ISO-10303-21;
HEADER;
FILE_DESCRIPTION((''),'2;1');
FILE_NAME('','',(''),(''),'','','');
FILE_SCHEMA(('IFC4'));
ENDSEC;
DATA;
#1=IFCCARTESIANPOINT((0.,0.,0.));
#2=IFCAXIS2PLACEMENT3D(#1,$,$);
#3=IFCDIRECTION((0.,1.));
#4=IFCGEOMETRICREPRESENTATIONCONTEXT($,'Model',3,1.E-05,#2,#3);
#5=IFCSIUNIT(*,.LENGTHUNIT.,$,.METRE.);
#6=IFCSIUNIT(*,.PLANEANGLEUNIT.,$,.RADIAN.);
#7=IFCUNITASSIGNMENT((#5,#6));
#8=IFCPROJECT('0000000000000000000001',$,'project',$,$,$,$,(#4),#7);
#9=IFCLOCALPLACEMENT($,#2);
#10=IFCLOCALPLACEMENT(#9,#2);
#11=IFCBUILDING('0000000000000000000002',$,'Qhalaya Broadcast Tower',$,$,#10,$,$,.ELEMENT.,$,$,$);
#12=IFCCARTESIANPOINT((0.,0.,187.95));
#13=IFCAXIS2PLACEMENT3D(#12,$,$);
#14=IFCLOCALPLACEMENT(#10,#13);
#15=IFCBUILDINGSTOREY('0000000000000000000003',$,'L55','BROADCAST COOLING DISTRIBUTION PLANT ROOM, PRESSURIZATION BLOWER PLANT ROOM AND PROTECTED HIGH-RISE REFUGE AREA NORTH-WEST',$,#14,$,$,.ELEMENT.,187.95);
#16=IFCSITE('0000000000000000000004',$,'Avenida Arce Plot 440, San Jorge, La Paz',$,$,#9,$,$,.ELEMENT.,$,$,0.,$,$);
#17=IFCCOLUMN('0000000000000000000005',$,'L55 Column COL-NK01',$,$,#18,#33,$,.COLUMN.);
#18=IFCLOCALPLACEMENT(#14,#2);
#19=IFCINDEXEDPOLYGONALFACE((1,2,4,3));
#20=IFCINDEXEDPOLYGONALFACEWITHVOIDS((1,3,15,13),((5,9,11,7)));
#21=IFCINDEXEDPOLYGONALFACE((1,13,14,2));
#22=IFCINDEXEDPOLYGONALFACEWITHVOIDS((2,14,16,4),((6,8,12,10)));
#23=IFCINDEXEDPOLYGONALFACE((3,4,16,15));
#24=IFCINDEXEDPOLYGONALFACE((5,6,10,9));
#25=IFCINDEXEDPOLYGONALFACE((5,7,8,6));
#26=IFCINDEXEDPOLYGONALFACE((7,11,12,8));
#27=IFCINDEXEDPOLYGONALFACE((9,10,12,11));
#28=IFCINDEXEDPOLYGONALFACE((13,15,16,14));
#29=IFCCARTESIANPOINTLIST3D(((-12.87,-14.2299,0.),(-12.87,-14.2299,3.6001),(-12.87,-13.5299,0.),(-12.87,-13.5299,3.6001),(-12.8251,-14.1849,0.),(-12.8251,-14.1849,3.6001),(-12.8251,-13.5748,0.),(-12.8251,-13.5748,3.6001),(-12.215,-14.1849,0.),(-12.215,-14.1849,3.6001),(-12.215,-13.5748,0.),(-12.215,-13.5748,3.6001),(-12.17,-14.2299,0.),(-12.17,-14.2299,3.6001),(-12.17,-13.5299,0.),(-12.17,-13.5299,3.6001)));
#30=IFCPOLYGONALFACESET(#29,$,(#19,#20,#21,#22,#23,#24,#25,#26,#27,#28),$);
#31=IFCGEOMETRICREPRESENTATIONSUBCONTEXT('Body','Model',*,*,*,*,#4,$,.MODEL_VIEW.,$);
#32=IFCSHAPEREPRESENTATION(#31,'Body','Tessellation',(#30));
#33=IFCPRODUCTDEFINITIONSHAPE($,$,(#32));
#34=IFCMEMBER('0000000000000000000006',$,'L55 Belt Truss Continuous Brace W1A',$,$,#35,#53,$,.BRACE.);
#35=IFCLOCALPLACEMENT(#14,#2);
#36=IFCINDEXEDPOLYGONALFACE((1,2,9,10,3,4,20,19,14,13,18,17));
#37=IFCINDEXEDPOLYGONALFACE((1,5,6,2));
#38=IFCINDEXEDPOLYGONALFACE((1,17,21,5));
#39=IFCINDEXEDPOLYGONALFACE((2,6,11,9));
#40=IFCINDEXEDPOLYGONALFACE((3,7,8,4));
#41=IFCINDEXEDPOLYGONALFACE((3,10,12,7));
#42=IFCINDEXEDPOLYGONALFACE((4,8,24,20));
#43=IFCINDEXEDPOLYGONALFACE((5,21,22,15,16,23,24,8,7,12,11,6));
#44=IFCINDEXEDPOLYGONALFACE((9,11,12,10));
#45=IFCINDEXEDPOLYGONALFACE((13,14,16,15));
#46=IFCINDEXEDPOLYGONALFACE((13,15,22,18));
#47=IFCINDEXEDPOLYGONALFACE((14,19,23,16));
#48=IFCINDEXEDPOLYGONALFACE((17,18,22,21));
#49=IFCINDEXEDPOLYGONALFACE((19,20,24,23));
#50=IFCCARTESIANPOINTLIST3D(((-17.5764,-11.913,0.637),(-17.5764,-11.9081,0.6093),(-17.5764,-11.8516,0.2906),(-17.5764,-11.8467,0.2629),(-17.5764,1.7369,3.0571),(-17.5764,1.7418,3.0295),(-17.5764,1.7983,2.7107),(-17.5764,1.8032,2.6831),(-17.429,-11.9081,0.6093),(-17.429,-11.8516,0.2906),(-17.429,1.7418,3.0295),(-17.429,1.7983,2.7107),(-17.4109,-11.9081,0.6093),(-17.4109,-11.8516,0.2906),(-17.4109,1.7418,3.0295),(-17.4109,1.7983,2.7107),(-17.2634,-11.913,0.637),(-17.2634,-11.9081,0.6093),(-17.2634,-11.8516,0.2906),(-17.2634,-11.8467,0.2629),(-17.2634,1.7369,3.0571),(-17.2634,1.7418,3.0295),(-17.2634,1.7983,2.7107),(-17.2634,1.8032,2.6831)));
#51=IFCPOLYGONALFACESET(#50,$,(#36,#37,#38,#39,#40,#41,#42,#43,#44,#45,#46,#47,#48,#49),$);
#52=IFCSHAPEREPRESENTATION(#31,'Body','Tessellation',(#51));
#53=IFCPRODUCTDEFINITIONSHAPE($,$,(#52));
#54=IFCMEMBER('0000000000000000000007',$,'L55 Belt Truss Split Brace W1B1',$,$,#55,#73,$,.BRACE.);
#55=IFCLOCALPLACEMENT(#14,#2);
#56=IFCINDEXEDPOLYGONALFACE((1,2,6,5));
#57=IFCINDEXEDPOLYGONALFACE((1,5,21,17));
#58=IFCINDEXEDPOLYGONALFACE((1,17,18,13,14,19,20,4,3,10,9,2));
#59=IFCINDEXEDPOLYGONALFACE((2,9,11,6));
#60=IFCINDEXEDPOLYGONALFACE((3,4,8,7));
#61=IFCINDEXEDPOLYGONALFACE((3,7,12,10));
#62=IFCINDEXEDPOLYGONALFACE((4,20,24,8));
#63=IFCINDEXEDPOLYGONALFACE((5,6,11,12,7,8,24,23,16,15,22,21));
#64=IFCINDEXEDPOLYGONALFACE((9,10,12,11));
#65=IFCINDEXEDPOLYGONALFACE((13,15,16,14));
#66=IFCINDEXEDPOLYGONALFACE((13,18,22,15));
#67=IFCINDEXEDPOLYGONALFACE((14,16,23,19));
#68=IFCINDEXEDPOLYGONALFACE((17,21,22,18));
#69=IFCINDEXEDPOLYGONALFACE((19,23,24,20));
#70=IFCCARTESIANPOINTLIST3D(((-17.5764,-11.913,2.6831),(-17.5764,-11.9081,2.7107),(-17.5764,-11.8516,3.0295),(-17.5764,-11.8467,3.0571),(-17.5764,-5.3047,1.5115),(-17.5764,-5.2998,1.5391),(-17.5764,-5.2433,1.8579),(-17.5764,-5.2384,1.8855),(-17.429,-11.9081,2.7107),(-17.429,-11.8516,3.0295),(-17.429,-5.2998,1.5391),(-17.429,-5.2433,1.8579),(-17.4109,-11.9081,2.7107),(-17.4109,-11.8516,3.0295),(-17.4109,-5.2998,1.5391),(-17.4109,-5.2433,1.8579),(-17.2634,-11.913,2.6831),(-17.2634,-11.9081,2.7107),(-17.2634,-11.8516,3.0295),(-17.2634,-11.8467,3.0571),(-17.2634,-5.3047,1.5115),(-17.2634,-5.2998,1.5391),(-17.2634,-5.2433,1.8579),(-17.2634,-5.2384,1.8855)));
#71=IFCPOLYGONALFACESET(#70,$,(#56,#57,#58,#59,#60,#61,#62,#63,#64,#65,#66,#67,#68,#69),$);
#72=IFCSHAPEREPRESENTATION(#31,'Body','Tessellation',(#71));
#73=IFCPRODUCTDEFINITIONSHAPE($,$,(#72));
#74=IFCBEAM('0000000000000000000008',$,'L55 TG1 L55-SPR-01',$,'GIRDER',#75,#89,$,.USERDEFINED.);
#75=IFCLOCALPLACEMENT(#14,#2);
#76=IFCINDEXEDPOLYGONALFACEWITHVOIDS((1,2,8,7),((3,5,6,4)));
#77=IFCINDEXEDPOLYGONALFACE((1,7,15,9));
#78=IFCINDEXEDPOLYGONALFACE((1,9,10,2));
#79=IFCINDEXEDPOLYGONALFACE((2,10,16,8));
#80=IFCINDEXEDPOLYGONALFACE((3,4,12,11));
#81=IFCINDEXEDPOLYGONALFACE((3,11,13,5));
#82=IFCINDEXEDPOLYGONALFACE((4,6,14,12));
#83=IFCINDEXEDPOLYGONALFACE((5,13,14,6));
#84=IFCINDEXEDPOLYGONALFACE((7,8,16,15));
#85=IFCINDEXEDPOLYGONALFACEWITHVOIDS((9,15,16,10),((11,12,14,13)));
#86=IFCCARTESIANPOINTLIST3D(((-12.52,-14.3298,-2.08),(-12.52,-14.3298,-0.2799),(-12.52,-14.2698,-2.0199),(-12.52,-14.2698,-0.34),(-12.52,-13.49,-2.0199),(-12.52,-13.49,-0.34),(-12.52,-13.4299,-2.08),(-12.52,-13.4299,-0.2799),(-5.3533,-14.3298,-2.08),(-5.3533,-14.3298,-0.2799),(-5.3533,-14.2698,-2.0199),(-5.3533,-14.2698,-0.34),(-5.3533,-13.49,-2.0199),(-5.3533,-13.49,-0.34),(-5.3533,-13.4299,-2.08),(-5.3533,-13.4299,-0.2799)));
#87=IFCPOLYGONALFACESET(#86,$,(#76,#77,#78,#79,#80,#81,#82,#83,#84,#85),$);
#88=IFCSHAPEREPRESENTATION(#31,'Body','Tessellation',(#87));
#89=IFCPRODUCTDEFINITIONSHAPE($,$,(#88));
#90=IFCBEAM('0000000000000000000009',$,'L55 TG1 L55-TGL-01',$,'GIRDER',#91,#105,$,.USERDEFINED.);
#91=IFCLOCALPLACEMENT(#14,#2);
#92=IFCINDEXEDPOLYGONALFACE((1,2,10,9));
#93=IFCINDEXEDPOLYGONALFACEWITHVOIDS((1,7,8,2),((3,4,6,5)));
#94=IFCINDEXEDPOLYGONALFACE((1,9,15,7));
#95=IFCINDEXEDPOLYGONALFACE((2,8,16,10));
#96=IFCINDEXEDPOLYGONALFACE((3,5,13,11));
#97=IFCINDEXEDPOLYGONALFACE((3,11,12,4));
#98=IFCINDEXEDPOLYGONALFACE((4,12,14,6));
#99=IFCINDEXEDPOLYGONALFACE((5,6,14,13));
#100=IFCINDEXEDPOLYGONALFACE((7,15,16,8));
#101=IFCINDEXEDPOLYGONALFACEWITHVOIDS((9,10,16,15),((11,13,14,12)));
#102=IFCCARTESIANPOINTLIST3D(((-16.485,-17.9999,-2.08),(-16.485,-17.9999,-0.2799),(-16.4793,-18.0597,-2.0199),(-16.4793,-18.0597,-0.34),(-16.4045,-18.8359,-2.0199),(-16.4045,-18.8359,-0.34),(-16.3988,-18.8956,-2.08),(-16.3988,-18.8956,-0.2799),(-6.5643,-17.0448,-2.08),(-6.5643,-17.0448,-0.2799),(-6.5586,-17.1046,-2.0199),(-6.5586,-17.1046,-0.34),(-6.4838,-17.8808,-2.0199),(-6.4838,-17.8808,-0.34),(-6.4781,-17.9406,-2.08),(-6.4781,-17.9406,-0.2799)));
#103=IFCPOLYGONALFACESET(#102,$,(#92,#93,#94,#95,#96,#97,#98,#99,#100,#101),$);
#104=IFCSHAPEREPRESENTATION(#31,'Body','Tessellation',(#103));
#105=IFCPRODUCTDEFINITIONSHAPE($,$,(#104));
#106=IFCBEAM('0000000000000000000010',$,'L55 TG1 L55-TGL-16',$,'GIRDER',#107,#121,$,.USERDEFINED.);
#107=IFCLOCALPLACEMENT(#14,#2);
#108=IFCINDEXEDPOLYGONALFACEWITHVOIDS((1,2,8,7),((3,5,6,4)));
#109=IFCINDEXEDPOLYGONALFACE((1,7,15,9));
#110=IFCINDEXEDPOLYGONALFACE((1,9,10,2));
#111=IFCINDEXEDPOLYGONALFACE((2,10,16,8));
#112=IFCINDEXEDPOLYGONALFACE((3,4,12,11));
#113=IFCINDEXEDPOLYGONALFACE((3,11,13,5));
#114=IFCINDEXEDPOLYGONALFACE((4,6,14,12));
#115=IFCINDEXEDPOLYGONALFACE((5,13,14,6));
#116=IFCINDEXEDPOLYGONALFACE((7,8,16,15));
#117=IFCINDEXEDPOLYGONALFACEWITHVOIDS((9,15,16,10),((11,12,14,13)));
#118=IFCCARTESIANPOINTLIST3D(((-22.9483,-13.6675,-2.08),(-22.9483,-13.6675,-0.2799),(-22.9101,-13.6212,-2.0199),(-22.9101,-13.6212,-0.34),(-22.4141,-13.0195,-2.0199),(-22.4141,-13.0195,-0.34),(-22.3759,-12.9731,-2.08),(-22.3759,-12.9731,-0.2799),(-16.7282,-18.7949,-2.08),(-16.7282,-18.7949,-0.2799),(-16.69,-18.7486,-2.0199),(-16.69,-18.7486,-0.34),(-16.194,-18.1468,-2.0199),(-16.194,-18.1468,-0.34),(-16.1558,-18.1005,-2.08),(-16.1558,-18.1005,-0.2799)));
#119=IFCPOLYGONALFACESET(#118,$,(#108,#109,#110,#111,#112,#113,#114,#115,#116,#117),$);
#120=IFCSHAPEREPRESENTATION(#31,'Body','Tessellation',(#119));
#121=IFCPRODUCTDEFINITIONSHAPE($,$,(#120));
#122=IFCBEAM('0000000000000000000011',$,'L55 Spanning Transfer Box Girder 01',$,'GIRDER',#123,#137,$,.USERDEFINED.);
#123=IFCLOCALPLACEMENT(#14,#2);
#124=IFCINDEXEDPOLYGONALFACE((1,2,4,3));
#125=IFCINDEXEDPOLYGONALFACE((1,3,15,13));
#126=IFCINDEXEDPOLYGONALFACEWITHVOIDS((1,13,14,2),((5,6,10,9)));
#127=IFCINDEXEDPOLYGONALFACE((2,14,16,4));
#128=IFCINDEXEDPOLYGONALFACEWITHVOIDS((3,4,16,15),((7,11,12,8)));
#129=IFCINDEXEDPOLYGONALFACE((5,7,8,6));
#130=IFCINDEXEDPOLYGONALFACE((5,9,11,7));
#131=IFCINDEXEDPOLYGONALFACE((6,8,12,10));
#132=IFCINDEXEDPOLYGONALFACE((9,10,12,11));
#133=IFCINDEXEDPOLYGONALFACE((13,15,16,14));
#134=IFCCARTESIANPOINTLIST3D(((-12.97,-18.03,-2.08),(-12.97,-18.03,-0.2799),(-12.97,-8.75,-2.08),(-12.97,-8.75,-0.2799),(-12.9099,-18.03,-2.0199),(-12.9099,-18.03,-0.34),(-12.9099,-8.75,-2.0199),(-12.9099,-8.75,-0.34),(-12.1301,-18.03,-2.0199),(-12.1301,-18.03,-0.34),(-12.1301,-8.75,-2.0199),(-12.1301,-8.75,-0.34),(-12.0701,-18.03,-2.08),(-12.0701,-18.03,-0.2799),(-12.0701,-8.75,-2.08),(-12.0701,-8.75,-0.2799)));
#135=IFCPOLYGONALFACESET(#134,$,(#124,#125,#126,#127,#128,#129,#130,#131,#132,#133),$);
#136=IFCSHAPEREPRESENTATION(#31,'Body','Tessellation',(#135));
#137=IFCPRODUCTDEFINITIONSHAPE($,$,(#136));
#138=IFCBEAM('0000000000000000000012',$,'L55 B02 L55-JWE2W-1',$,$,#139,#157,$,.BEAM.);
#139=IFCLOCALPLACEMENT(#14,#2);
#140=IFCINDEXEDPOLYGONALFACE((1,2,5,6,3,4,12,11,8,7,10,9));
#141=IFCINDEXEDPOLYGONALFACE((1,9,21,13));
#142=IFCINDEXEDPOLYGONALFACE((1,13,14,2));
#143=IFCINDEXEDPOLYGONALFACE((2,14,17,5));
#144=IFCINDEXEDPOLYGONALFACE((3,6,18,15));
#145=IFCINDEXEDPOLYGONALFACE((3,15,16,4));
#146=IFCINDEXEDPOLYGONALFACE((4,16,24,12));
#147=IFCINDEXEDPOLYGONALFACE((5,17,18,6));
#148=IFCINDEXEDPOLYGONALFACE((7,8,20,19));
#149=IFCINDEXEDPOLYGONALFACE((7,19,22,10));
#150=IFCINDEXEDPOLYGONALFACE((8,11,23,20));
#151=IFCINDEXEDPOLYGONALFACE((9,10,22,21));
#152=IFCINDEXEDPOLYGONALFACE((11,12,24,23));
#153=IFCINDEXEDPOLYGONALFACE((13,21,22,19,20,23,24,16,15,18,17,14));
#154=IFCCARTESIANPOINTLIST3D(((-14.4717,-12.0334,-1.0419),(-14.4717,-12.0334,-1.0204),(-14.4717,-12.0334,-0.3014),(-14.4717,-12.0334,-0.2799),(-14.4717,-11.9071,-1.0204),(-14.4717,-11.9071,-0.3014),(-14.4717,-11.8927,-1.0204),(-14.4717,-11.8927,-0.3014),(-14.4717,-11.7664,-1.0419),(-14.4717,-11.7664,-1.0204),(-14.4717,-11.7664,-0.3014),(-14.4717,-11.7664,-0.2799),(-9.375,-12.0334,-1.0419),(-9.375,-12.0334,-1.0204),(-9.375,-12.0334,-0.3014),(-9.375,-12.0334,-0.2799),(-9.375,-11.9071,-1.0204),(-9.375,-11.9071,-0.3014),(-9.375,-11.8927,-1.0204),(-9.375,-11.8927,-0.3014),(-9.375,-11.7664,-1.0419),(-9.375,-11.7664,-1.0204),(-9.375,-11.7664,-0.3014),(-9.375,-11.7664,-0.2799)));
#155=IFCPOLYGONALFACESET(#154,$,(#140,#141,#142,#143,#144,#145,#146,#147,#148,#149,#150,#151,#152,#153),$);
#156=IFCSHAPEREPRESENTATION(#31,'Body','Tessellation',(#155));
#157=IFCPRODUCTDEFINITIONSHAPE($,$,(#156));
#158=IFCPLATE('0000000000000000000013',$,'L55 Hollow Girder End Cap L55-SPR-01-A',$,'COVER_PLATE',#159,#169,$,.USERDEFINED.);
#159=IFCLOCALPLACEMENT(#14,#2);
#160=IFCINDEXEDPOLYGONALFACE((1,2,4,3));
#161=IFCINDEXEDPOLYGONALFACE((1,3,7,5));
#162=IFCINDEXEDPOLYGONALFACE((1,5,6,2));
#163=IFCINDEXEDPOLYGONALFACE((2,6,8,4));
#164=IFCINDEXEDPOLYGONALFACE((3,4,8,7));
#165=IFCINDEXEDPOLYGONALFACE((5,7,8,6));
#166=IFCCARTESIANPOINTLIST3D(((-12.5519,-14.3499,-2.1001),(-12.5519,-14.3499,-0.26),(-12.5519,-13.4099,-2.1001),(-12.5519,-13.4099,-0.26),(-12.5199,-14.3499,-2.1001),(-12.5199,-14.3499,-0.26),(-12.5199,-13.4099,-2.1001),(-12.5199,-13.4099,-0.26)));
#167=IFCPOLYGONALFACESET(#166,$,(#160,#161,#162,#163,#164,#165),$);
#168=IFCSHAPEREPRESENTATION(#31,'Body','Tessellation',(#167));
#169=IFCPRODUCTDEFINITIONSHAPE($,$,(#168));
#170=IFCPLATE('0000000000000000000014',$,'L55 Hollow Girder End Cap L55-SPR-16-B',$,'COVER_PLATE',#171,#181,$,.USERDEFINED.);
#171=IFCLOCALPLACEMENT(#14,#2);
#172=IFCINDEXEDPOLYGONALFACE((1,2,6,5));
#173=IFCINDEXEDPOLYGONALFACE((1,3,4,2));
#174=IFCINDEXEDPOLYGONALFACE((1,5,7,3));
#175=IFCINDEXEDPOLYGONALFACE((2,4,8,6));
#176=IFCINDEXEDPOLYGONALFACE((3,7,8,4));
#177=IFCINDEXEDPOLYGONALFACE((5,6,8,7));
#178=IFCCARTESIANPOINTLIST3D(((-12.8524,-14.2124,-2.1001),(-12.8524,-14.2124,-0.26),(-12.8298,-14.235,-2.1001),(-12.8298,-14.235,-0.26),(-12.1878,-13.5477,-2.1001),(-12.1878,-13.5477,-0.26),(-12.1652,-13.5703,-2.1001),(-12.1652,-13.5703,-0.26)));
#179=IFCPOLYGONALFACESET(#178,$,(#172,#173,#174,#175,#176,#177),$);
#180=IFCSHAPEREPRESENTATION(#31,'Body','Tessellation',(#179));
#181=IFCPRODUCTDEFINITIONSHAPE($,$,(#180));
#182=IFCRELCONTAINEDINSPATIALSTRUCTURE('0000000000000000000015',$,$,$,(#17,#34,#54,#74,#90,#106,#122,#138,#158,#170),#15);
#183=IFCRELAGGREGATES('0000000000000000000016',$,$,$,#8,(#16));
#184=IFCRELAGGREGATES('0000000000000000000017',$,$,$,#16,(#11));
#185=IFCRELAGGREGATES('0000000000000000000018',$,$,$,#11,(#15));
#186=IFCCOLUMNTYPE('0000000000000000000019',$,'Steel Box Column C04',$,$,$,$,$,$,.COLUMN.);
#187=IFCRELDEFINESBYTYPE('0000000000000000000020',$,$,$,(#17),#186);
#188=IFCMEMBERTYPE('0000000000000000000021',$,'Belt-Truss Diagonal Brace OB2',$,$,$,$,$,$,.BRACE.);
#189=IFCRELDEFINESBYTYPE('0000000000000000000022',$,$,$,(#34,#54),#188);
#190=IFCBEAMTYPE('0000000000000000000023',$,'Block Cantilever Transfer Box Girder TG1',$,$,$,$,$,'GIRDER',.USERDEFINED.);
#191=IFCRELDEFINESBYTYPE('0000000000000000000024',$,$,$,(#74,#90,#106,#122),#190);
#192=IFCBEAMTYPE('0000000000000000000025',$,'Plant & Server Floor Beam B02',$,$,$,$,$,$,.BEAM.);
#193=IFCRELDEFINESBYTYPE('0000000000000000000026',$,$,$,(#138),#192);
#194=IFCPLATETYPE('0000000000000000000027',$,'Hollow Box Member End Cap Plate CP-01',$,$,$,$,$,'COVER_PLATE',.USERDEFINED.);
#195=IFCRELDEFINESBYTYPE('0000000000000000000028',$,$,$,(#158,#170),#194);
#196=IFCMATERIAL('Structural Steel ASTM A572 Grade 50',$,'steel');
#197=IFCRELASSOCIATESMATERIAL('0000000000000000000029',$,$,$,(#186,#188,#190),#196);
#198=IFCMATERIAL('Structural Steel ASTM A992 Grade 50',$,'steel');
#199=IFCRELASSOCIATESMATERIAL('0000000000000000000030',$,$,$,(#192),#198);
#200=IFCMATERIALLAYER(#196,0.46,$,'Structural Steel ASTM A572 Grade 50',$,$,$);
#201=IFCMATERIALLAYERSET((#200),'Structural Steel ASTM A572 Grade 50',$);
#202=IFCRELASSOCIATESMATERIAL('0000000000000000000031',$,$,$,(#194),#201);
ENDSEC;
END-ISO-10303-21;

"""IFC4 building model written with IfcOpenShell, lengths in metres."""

from ifc_helpers import new_model, si_unit, direction, frame, origin, origin_2d, place, context, subcontext, project, spatial, rectangle, hollow_rectangle, i_section, extrude, material, layer, layer_set, material_profile, profile_set, type_object, element, save


model = new_model("IFC4")

# Units and contexts
model_context = context("Model", 3, precision=1e-05, world=origin(), true_north=direction((0.0, 1.0)))
body_context = subcontext(model_context, "Body", "Model", "MODEL_VIEW")
ifc_project = project(units=[si_unit("LENGTHUNIT", "METRE"), si_unit("PLANEANGLEUNIT", "RADIAN")], contexts=[model_context])

# Site, building, storey
site_placement = place(None, origin())
site = spatial("IfcSite", under=ifc_project, at=site_placement, Name="Avenida Arce Plot 440, San Jorge, La Paz", CompositionType="ELEMENT", RefElevation=0.0)
building_placement = place(site_placement, origin())
building = spatial("IfcBuilding", under=site, at=building_placement, Name="Qhalaya Broadcast Tower", CompositionType="ELEMENT")
storey_placement = place(building_placement, frame((0.0, 0.0, 187.95)))
storey = spatial("IfcBuildingStorey", under=building, at=storey_placement, Name="L55", Description="BROADCAST COOLING DISTRIBUTION PLANT ROOM, PRESSURIZATION BLOWER PLANT ROOM AND PROTECTED HIGH-RISE REFUGE AREA NORTH-WEST", CompositionType="ELEMENT", Elevation=187.95)

# Column
ifc_material_1 = material(Name="Structural Steel ASTM A572 Grade 50", Category="steel")
ifc_material_profile_1 = material_profile(ifc_material_1, hollow_rectangle(XDim=0.7, YDim=0.7, WallThickness=0.0449, at=origin_2d()), Name="BOX 700x700x45")
ifc_profile_set_1 = profile_set([ifc_material_profile_1], Name="Structural Steel ASTM A572 Grade 50")
column_type = type_object("IfcColumnType", Name="Steel Box Column C04", PredefinedType="COLUMN", material=ifc_profile_set_1)
column_placement = place(storey_placement, frame((-12.52, -13.8799, 0.0), z_axis=(0.0, 0.0, 1.0), x_axis=(1.0, 0.0, 0.0)))
element("IfcColumn", 1, at=column_placement, inside=storey, type_object=column_type, Name="L55 Column COL-NK01", PredefinedType="COLUMN", context=body_context, shape_type="SweptSolid", body=[
    extrude(hollow_rectangle(XDim=0.7, YDim=0.7, WallThickness=0.0449, at=origin_2d()), origin(), (0.0, 0.0, 1.0), 3.6001),
])

# Members
ifc_material_profile_2 = material_profile(ifc_material_1, i_section(OverallWidth=0.313, OverallDepth=0.3799, WebThickness=0.0181, FlangeThickness=0.0281, at=origin_2d()), Name="W12X120")
ifc_profile_set_2 = profile_set([ifc_material_profile_2], Name="Structural Steel ASTM A572 Grade 50")
member_type = type_object("IfcMemberType", Name="Belt-Truss Diagonal Brace OB2", PredefinedType="BRACE", material=ifc_profile_set_2)
member_1_placement = place(storey_placement, frame((-17.4199, -11.8799, 0.45), z_axis=(0.0, 0.984643, 0.17458), x_axis=(-1.0, 0.0, 0.0)))
element("IfcMember", 2, at=member_1_placement, inside=storey, type_object=member_type, Name="L55 Belt Truss Continuous Brace W1A", PredefinedType="BRACE", context=body_context, shape_type="SweptSolid", body=[
    extrude(i_section(OverallWidth=0.313, OverallDepth=0.3799, WebThickness=0.0181, FlangeThickness=0.0281, at=origin_2d()), origin(), (0.0, 0.0, 1.0), 13.8628),
])
member_2_placement = place(storey_placement, frame((-17.4199, -11.8799, 2.8701), z_axis=(0.0, 0.984644, -0.174572), x_axis=(-1.0, 0.0, 0.0)))
element("IfcMember", 3, at=member_2_placement, inside=storey, type_object=member_type, Name="L55 Belt Truss Split Brace W1B1", PredefinedType="BRACE", context=body_context, shape_type="SweptSolid", body=[
    extrude(i_section(OverallWidth=0.313, OverallDepth=0.3799, WebThickness=0.0181, FlangeThickness=0.0281, at=origin_2d()), origin(), (0.0, 0.0, 1.0), 6.7114),
])

# Beams
ifc_material_profile_3 = material_profile(ifc_material_1, hollow_rectangle(XDim=0.8999, YDim=1.8, WallThickness=0.0601, at=origin_2d()), Name="BOX 900x1800x60")
ifc_profile_set_3 = profile_set([ifc_material_profile_3], Name="Structural Steel ASTM A572 Grade 50")
beam_type_1 = type_object("IfcBeamType", Name="Block Cantilever Transfer Box Girder TG1", ElementType="GIRDER", PredefinedType="USERDEFINED", material=ifc_profile_set_3)
beam_1_placement = place(storey_placement, frame((-12.52, -13.8799, -1.1799), z_axis=(1.0, 0.0, 0.0), x_axis=(0.0, 1.0, 0.0)))
element("IfcBeam", 4, at=beam_1_placement, inside=storey, type_object=beam_type_1, Name="L55 TG1 L55-SPR-01", ObjectType="GIRDER", PredefinedType="USERDEFINED", context=body_context, shape_type="SweptSolid", body=[
    extrude(hollow_rectangle(XDim=0.8999, YDim=1.8, WallThickness=0.0601, at=origin_2d()), origin(), (0.0, 0.0, 1.0), 7.1667),
])
beam_2_placement = place(storey_placement, frame((-16.4419, -18.4478, -1.1799), z_axis=(0.995398, 0.095829, 0.0), x_axis=(-0.095829, 0.995398, 0.0)))
element("IfcBeam", 5, at=beam_2_placement, inside=storey, type_object=beam_type_1, Name="L55 TG1 L55-TGL-01", ObjectType="GIRDER", PredefinedType="USERDEFINED", context=body_context, shape_type="SweptSolid", body=[
    extrude(hollow_rectangle(XDim=0.8999, YDim=1.8, WallThickness=0.0601, at=origin_2d()), origin(), (0.0, 0.0, 1.0), 9.9666),
])
beam_3_placement = place(storey_placement, frame((-22.6621, -13.3203, -1.1799), z_axis=(0.771631, -0.63607, 0.0), x_axis=(0.63607, 0.771631, 0.0)))
element("IfcBeam", 6, at=beam_3_placement, inside=storey, type_object=beam_type_1, Name="L55 TG1 L55-TGL-16", ObjectType="GIRDER", PredefinedType="USERDEFINED", context=body_context, shape_type="SweptSolid", body=[
    extrude(hollow_rectangle(XDim=0.8999, YDim=1.8, WallThickness=0.0601, at=origin_2d()), origin(), (0.0, 0.0, 1.0), 8.061),
])
beam_4_placement = place(storey_placement, frame((-12.52, -18.03, -1.1799), z_axis=(0.0, 1.0, 0.0), x_axis=(-1.0, 0.0, 0.0)))
element("IfcBeam", 7, at=beam_4_placement, inside=storey, type_object=beam_type_1, Name="L55 Spanning Transfer Box Girder 01", ObjectType="GIRDER", PredefinedType="USERDEFINED", context=body_context, shape_type="SweptSolid", body=[
    extrude(hollow_rectangle(XDim=0.8999, YDim=1.8, WallThickness=0.0601, at=origin_2d()), origin(), (0.0, 0.0, 1.0), 9.28),
])
ifc_material_2 = material(Name="Structural Steel ASTM A992 Grade 50", Category="steel")
ifc_material_profile_4 = material_profile(ifc_material_2, i_section(OverallWidth=0.2671, OverallDepth=0.762, WebThickness=0.0144, FlangeThickness=0.0215, at=origin_2d()), Name="W30X116")
ifc_profile_set_4 = profile_set([ifc_material_profile_4], Name="Structural Steel ASTM A992 Grade 50")
beam_type_2 = type_object("IfcBeamType", Name="Plant & Server Floor Beam B02", PredefinedType="BEAM", material=ifc_profile_set_4)
beam_5_placement = place(storey_placement, frame((-14.4717, -11.8999, -0.6609), z_axis=(1.0, 0.0, 0.0), x_axis=(0.0, 1.0, 0.0)))
element("IfcBeam", 8, at=beam_5_placement, inside=storey, type_object=beam_type_2, Name="L55 B02 L55-JWE2W-1", PredefinedType="BEAM", context=body_context, shape_type="SweptSolid", body=[
    extrude(i_section(OverallWidth=0.2671, OverallDepth=0.762, WebThickness=0.0144, FlangeThickness=0.0215, at=origin_2d()), origin(), (0.0, 0.0, 1.0), 5.0967),
])

# Plates
ifc_layer_1 = layer(ifc_material_1, 0.46, Name="Structural Steel ASTM A572 Grade 50")
ifc_layer_set_1 = layer_set([ifc_layer_1], Name="Structural Steel ASTM A572 Grade 50")
plate_type_1 = type_object("IfcPlateType", Name="Hollow Box Member End Cap Plate CP-01", ElementType="COVER_PLATE", PredefinedType="USERDEFINED", material=ifc_layer_set_1)
for number, where, z_axis, x_axis, name in (
    (9, (-12.5359, -13.8799, -2.1001), (0.0, 0.0, 1.0), (0.0, 1.0, 0.0), "L55 Hollow Girder End Cap L55-SPR-01-A"),
    (10, (-12.5088, -13.8914, -2.1001), (0.0, 0.0, 1.0), (0.707107, 0.707107, 0.0), "L55 Hollow Girder End Cap L55-SPR-16-B"),
):
    element("IfcPlate", number, at=place(storey_placement, frame(where, z_axis=z_axis, x_axis=x_axis)), inside=storey, type_object=plate_type_1, Name=name, ObjectType="COVER_PLATE", PredefinedType="USERDEFINED", context=body_context, shape_type="SweptSolid", body=[
        extrude(rectangle(XDim=0.9399, YDim=0.032, at=origin_2d()), origin(), (0.0, 0.0, 1.0), 1.8401),
    ])

save(model, "model.ifc")
